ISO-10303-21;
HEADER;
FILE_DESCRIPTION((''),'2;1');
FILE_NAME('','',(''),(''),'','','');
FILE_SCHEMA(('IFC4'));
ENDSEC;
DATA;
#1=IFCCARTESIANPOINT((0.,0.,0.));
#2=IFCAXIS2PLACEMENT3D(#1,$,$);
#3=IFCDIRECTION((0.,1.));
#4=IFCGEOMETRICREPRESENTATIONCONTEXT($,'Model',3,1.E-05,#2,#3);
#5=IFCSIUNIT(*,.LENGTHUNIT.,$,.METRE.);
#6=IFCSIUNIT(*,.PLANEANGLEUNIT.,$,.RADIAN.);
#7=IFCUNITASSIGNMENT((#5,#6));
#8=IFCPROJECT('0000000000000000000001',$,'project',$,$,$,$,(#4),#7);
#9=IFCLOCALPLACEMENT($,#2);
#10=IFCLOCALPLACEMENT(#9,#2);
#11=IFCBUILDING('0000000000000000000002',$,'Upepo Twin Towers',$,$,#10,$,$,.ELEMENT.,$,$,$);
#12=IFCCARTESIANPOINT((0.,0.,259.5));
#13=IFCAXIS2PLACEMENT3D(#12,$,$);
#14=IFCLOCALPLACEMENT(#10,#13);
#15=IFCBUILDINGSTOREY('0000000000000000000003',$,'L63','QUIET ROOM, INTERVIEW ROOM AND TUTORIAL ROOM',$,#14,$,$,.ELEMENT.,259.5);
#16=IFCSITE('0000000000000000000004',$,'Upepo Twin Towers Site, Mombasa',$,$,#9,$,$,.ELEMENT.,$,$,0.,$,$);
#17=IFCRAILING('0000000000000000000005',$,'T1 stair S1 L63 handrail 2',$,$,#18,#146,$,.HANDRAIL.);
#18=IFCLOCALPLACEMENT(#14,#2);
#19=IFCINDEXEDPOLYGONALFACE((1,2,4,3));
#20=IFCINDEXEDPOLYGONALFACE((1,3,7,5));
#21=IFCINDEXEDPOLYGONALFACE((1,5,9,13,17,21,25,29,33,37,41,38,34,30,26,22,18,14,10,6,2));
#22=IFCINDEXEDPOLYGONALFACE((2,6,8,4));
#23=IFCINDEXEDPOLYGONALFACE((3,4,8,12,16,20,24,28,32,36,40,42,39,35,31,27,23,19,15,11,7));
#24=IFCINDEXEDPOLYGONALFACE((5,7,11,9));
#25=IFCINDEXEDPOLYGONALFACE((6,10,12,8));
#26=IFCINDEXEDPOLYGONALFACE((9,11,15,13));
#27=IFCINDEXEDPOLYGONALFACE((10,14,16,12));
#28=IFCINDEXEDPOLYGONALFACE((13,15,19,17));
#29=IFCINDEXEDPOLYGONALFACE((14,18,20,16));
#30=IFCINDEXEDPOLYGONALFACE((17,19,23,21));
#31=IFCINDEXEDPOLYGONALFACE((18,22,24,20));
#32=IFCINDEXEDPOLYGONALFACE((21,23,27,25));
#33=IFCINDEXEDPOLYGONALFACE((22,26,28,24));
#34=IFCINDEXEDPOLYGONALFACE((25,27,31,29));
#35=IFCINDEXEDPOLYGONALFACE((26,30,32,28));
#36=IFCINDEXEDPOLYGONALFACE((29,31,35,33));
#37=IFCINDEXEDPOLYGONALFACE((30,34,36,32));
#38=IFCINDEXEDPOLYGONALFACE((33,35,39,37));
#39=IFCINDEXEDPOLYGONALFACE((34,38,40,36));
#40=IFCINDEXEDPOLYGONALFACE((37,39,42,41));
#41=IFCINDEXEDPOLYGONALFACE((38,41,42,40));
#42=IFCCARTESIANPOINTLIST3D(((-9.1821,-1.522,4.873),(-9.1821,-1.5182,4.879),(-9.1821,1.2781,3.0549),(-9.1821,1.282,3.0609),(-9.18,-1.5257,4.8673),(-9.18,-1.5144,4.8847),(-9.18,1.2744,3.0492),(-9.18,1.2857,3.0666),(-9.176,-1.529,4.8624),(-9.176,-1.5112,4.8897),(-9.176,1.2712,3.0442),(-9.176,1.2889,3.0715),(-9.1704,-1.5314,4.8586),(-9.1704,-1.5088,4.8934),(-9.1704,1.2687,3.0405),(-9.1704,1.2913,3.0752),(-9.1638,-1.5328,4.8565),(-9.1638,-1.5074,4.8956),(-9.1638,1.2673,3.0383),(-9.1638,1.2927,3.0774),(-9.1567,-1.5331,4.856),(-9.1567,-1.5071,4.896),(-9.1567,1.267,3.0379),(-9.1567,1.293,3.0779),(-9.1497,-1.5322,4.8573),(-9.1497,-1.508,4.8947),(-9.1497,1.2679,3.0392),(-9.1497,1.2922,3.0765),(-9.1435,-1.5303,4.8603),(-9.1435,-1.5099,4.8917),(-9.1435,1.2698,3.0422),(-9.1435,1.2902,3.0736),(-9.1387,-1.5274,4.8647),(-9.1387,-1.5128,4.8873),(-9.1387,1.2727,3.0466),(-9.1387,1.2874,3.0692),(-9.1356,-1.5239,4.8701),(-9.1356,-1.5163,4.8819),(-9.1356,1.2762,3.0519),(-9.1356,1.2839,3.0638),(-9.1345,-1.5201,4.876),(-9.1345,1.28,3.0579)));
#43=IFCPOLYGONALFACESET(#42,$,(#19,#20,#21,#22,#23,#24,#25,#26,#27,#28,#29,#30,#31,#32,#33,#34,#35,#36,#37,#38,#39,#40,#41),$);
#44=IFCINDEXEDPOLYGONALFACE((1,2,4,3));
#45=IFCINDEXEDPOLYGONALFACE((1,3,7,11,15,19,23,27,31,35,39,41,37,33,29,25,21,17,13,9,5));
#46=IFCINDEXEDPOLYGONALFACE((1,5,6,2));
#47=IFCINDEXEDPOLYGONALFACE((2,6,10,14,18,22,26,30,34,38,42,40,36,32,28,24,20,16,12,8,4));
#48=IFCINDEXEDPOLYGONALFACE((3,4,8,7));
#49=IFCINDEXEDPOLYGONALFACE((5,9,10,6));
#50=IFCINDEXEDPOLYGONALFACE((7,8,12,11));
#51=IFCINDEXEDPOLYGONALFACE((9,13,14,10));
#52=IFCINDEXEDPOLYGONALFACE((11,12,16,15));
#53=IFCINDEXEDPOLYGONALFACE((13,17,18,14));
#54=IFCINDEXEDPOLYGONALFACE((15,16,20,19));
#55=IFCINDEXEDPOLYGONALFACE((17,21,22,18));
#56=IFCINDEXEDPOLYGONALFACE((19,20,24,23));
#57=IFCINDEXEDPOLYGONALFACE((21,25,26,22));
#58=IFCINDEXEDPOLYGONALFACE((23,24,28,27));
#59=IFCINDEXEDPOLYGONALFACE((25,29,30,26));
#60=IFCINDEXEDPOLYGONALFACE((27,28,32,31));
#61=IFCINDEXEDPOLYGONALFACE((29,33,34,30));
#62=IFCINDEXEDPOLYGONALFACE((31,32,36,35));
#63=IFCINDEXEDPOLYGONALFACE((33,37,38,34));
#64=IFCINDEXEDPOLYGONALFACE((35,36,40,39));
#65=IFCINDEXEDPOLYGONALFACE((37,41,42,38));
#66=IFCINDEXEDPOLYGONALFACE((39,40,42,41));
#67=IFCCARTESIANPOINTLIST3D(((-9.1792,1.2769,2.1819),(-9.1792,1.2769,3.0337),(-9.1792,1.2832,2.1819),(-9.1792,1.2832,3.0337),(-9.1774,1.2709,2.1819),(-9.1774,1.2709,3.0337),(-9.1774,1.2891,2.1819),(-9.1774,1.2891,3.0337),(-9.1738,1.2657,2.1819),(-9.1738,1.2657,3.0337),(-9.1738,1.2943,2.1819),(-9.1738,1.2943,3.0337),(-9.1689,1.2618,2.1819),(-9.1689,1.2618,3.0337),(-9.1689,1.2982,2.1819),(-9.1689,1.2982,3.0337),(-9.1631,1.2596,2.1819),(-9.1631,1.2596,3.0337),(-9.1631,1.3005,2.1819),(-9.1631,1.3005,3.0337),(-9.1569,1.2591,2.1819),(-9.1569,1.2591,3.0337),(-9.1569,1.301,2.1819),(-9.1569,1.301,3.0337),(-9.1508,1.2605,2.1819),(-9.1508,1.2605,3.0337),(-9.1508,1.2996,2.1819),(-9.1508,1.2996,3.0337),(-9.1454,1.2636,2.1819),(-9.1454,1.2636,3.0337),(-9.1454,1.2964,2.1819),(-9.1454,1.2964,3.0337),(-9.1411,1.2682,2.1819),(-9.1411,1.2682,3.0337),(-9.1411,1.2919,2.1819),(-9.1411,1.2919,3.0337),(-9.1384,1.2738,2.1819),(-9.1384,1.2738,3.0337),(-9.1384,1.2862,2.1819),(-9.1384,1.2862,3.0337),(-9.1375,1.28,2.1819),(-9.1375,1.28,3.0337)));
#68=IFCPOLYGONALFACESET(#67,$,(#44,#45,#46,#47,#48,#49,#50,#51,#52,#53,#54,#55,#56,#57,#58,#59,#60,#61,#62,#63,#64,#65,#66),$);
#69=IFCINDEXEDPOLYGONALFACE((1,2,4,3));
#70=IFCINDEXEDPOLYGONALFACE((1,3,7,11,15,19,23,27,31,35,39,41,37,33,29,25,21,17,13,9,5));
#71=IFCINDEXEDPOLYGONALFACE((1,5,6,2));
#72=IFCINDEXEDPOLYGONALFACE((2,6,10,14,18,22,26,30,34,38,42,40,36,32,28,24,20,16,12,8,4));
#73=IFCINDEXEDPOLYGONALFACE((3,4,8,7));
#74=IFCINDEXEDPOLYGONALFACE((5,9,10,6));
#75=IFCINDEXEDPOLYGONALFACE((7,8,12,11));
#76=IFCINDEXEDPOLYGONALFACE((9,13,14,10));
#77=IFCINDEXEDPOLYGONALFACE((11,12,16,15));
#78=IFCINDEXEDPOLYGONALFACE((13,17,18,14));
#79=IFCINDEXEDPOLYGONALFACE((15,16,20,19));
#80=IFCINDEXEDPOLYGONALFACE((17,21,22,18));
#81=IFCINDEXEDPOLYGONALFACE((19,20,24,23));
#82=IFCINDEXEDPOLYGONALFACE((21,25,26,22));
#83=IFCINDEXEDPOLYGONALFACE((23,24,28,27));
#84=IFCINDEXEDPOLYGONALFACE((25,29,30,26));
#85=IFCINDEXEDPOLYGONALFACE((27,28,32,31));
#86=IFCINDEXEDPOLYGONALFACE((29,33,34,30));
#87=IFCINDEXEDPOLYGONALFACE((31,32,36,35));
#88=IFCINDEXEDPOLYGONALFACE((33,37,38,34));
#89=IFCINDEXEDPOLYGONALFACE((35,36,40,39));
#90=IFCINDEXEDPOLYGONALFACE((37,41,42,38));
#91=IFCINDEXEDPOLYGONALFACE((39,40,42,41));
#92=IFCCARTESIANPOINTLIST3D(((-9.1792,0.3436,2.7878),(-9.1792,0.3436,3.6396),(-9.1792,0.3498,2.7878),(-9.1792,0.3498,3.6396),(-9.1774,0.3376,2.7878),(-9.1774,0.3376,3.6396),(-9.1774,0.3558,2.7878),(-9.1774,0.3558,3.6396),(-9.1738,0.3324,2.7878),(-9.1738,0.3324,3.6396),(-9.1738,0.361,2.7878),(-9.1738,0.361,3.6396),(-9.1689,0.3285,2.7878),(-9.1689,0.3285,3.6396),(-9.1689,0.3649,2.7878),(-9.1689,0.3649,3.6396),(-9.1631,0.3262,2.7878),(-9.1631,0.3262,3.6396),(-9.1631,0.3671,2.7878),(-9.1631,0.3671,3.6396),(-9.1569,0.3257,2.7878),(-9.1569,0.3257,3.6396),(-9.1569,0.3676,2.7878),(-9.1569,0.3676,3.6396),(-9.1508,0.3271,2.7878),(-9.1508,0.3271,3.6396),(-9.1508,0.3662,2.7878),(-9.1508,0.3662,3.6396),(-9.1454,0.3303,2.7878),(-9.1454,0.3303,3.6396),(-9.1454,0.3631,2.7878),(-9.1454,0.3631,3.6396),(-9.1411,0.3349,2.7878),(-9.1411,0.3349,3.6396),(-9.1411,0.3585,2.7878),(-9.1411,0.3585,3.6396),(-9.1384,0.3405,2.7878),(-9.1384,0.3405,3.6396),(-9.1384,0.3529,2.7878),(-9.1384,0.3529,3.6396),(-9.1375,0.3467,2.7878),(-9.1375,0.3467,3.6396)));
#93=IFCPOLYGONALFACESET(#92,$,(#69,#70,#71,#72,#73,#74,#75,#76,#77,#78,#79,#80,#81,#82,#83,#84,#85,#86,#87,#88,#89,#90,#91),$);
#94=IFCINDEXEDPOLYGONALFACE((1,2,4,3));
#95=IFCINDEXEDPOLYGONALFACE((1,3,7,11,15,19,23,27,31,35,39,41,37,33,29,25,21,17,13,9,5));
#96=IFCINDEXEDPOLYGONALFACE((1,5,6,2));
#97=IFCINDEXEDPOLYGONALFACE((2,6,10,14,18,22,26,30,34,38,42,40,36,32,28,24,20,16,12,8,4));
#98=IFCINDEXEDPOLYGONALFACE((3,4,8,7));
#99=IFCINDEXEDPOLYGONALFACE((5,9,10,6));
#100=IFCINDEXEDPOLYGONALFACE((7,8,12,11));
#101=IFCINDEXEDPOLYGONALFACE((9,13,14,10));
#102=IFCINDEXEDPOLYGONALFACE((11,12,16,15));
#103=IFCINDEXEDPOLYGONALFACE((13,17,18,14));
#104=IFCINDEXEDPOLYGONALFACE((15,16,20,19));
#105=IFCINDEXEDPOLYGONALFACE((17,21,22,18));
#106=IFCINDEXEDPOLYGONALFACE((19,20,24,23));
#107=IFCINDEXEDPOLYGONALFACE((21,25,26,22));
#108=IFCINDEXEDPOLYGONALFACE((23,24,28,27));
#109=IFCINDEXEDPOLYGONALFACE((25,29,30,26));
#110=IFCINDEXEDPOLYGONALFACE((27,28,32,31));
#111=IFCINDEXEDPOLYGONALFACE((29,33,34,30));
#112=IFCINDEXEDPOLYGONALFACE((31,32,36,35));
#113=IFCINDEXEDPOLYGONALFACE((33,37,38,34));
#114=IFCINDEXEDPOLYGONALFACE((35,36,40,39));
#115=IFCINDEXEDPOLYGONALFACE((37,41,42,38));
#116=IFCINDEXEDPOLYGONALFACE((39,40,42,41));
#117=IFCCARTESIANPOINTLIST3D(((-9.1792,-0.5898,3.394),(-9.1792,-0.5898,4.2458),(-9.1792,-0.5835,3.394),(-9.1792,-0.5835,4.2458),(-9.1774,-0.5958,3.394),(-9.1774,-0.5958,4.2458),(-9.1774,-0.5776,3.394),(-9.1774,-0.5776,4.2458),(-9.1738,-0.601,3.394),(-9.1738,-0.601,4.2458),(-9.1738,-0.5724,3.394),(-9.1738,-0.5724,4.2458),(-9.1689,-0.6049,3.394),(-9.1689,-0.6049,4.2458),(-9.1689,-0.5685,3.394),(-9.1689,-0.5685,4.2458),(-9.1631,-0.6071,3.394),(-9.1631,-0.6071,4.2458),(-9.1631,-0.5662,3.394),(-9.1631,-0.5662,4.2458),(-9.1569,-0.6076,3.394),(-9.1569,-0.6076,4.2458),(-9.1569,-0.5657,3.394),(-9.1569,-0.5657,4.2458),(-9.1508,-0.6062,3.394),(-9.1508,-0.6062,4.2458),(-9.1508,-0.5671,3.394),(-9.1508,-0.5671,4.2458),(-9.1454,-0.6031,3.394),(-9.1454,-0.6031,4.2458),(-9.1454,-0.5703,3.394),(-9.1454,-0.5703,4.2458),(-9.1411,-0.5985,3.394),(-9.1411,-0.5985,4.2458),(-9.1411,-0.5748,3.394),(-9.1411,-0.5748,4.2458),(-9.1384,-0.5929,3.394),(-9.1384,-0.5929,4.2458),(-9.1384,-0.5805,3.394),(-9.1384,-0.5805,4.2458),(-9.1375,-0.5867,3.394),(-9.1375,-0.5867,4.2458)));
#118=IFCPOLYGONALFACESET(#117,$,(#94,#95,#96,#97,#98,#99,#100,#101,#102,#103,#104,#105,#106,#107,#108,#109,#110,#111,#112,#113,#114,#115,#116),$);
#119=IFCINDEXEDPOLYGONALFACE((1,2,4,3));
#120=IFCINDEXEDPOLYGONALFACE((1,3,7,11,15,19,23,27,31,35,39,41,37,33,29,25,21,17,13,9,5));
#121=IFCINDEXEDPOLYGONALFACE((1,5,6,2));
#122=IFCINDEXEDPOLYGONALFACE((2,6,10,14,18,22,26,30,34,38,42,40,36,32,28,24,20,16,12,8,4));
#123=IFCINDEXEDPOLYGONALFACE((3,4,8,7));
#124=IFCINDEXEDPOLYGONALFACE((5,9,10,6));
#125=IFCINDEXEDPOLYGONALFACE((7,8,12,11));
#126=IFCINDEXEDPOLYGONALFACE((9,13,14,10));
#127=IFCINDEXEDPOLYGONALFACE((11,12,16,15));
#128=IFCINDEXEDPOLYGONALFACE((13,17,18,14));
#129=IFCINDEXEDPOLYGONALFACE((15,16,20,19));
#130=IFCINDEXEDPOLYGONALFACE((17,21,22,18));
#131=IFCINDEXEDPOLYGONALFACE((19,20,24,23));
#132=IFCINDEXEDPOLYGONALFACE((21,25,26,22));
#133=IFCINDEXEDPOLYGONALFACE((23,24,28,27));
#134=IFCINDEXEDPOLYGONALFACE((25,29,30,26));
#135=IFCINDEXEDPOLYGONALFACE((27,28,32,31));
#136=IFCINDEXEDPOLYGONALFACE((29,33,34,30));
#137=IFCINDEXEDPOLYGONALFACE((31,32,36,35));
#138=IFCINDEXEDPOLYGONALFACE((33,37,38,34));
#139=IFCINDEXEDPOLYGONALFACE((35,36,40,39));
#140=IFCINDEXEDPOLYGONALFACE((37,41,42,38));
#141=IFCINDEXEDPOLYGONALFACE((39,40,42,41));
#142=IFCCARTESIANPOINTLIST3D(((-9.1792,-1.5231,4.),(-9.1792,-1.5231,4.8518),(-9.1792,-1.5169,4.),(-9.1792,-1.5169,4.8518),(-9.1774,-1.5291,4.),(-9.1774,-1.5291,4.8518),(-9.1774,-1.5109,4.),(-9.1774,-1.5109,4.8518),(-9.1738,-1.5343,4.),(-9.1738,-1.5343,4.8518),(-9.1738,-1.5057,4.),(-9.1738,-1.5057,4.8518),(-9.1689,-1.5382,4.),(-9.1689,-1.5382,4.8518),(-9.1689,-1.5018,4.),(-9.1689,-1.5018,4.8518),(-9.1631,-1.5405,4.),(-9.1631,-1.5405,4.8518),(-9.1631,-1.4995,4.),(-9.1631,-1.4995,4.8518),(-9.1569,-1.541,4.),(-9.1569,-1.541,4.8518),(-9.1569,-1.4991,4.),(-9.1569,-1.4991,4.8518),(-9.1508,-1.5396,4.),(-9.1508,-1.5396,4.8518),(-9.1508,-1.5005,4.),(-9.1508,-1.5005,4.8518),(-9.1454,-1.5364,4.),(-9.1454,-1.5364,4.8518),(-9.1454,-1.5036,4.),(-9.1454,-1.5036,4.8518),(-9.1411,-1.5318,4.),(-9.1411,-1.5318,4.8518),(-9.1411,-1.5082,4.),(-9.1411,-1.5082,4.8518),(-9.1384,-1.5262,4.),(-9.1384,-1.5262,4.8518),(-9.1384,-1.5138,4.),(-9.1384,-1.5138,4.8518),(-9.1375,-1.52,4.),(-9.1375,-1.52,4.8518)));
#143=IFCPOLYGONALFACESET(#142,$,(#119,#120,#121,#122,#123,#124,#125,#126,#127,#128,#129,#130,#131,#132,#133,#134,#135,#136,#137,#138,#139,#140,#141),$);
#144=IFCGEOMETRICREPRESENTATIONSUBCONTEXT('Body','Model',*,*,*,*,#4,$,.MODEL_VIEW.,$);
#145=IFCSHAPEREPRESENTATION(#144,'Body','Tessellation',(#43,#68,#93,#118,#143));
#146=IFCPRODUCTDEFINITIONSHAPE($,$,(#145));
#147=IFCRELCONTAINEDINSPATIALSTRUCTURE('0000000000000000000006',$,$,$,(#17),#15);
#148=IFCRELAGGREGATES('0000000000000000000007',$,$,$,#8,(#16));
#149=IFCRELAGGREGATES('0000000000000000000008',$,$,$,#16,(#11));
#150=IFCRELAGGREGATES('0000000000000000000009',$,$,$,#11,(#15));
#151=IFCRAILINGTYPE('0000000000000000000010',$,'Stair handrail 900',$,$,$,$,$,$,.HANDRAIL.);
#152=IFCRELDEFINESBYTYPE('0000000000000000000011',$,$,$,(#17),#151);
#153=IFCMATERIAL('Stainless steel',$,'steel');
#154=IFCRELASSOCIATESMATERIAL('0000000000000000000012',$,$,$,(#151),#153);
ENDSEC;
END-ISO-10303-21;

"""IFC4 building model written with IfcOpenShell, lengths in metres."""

from ifc_helpers import new_model, si_unit, direction, frame, origin, origin_2d, place, context, subcontext, project, spatial, circle, extrude, material, type_object, element, save


model = new_model("IFC4")

# Units and contexts
model_context = context("Model", 3, precision=1e-05, world=origin(), true_north=direction((0.0, 1.0)))
body_context = subcontext(model_context, "Body", "Model", "MODEL_VIEW")
ifc_project = project(units=[si_unit("LENGTHUNIT", "METRE"), si_unit("PLANEANGLEUNIT", "RADIAN")], contexts=[model_context])

# Site, building, storey
site_placement = place(None, origin())
site = spatial("IfcSite", under=ifc_project, at=site_placement, Name="Upepo Twin Towers Site, Mombasa", CompositionType="ELEMENT", RefElevation=0.0)
building_placement = place(site_placement, origin())
building = spatial("IfcBuilding", under=site, at=building_placement, Name="Upepo Twin Towers", CompositionType="ELEMENT")
storey_placement = place(building_placement, frame((0.0, 0.0, 259.5)))
storey = spatial("IfcBuildingStorey", under=building, at=storey_placement, Name="L63", Description="QUIET ROOM, INTERVIEW ROOM AND TUTORIAL ROOM", CompositionType="ELEMENT", Elevation=259.5)

# Railing
ifc_material_1 = material(Name="Stainless steel", Category="steel")
railing_type = type_object("IfcRailingType", Name="Stair handrail 900", PredefinedType="HANDRAIL", material=ifc_material_1)
railing_placement = place(storey_placement, frame((-9.1584, 1.28, 2.1819)))
element("IfcRailing", 1, at=railing_placement, inside=storey, type_object=railing_type, Name="T1 stair S1 L63 handrail 2", PredefinedType="HANDRAIL", context=body_context, shape_type="SweptSolid", body=[
    extrude(circle(Radius=0.0239, at=origin_2d()), frame((0.0, 0.0, 0.876), z_axis=(0.0, -0.838706, 0.544585), x_axis=(1.0, 0.0, 0.0)), (0.0, 0.0, 1.0), 3.3386),
    extrude(circle(Radius=0.021, at=origin_2d()), origin(), (0.0, 0.0, 1.0), 0.8518),
    extrude(circle(Radius=0.021, at=origin_2d()), frame((0.0, -0.9333, 0.606)), (0.0, 0.0, 1.0), 0.8518),
    extrude(circle(Radius=0.021, at=origin_2d()), frame((0.0, -1.8667, 1.2122)), (0.0, 0.0, 1.0), 0.8518),
    extrude(circle(Radius=0.021, at=origin_2d()), frame((0.0, -2.8, 1.8181)), (0.0, 0.0, 1.0), 0.8518),
])

save(model, "model.ifc")
